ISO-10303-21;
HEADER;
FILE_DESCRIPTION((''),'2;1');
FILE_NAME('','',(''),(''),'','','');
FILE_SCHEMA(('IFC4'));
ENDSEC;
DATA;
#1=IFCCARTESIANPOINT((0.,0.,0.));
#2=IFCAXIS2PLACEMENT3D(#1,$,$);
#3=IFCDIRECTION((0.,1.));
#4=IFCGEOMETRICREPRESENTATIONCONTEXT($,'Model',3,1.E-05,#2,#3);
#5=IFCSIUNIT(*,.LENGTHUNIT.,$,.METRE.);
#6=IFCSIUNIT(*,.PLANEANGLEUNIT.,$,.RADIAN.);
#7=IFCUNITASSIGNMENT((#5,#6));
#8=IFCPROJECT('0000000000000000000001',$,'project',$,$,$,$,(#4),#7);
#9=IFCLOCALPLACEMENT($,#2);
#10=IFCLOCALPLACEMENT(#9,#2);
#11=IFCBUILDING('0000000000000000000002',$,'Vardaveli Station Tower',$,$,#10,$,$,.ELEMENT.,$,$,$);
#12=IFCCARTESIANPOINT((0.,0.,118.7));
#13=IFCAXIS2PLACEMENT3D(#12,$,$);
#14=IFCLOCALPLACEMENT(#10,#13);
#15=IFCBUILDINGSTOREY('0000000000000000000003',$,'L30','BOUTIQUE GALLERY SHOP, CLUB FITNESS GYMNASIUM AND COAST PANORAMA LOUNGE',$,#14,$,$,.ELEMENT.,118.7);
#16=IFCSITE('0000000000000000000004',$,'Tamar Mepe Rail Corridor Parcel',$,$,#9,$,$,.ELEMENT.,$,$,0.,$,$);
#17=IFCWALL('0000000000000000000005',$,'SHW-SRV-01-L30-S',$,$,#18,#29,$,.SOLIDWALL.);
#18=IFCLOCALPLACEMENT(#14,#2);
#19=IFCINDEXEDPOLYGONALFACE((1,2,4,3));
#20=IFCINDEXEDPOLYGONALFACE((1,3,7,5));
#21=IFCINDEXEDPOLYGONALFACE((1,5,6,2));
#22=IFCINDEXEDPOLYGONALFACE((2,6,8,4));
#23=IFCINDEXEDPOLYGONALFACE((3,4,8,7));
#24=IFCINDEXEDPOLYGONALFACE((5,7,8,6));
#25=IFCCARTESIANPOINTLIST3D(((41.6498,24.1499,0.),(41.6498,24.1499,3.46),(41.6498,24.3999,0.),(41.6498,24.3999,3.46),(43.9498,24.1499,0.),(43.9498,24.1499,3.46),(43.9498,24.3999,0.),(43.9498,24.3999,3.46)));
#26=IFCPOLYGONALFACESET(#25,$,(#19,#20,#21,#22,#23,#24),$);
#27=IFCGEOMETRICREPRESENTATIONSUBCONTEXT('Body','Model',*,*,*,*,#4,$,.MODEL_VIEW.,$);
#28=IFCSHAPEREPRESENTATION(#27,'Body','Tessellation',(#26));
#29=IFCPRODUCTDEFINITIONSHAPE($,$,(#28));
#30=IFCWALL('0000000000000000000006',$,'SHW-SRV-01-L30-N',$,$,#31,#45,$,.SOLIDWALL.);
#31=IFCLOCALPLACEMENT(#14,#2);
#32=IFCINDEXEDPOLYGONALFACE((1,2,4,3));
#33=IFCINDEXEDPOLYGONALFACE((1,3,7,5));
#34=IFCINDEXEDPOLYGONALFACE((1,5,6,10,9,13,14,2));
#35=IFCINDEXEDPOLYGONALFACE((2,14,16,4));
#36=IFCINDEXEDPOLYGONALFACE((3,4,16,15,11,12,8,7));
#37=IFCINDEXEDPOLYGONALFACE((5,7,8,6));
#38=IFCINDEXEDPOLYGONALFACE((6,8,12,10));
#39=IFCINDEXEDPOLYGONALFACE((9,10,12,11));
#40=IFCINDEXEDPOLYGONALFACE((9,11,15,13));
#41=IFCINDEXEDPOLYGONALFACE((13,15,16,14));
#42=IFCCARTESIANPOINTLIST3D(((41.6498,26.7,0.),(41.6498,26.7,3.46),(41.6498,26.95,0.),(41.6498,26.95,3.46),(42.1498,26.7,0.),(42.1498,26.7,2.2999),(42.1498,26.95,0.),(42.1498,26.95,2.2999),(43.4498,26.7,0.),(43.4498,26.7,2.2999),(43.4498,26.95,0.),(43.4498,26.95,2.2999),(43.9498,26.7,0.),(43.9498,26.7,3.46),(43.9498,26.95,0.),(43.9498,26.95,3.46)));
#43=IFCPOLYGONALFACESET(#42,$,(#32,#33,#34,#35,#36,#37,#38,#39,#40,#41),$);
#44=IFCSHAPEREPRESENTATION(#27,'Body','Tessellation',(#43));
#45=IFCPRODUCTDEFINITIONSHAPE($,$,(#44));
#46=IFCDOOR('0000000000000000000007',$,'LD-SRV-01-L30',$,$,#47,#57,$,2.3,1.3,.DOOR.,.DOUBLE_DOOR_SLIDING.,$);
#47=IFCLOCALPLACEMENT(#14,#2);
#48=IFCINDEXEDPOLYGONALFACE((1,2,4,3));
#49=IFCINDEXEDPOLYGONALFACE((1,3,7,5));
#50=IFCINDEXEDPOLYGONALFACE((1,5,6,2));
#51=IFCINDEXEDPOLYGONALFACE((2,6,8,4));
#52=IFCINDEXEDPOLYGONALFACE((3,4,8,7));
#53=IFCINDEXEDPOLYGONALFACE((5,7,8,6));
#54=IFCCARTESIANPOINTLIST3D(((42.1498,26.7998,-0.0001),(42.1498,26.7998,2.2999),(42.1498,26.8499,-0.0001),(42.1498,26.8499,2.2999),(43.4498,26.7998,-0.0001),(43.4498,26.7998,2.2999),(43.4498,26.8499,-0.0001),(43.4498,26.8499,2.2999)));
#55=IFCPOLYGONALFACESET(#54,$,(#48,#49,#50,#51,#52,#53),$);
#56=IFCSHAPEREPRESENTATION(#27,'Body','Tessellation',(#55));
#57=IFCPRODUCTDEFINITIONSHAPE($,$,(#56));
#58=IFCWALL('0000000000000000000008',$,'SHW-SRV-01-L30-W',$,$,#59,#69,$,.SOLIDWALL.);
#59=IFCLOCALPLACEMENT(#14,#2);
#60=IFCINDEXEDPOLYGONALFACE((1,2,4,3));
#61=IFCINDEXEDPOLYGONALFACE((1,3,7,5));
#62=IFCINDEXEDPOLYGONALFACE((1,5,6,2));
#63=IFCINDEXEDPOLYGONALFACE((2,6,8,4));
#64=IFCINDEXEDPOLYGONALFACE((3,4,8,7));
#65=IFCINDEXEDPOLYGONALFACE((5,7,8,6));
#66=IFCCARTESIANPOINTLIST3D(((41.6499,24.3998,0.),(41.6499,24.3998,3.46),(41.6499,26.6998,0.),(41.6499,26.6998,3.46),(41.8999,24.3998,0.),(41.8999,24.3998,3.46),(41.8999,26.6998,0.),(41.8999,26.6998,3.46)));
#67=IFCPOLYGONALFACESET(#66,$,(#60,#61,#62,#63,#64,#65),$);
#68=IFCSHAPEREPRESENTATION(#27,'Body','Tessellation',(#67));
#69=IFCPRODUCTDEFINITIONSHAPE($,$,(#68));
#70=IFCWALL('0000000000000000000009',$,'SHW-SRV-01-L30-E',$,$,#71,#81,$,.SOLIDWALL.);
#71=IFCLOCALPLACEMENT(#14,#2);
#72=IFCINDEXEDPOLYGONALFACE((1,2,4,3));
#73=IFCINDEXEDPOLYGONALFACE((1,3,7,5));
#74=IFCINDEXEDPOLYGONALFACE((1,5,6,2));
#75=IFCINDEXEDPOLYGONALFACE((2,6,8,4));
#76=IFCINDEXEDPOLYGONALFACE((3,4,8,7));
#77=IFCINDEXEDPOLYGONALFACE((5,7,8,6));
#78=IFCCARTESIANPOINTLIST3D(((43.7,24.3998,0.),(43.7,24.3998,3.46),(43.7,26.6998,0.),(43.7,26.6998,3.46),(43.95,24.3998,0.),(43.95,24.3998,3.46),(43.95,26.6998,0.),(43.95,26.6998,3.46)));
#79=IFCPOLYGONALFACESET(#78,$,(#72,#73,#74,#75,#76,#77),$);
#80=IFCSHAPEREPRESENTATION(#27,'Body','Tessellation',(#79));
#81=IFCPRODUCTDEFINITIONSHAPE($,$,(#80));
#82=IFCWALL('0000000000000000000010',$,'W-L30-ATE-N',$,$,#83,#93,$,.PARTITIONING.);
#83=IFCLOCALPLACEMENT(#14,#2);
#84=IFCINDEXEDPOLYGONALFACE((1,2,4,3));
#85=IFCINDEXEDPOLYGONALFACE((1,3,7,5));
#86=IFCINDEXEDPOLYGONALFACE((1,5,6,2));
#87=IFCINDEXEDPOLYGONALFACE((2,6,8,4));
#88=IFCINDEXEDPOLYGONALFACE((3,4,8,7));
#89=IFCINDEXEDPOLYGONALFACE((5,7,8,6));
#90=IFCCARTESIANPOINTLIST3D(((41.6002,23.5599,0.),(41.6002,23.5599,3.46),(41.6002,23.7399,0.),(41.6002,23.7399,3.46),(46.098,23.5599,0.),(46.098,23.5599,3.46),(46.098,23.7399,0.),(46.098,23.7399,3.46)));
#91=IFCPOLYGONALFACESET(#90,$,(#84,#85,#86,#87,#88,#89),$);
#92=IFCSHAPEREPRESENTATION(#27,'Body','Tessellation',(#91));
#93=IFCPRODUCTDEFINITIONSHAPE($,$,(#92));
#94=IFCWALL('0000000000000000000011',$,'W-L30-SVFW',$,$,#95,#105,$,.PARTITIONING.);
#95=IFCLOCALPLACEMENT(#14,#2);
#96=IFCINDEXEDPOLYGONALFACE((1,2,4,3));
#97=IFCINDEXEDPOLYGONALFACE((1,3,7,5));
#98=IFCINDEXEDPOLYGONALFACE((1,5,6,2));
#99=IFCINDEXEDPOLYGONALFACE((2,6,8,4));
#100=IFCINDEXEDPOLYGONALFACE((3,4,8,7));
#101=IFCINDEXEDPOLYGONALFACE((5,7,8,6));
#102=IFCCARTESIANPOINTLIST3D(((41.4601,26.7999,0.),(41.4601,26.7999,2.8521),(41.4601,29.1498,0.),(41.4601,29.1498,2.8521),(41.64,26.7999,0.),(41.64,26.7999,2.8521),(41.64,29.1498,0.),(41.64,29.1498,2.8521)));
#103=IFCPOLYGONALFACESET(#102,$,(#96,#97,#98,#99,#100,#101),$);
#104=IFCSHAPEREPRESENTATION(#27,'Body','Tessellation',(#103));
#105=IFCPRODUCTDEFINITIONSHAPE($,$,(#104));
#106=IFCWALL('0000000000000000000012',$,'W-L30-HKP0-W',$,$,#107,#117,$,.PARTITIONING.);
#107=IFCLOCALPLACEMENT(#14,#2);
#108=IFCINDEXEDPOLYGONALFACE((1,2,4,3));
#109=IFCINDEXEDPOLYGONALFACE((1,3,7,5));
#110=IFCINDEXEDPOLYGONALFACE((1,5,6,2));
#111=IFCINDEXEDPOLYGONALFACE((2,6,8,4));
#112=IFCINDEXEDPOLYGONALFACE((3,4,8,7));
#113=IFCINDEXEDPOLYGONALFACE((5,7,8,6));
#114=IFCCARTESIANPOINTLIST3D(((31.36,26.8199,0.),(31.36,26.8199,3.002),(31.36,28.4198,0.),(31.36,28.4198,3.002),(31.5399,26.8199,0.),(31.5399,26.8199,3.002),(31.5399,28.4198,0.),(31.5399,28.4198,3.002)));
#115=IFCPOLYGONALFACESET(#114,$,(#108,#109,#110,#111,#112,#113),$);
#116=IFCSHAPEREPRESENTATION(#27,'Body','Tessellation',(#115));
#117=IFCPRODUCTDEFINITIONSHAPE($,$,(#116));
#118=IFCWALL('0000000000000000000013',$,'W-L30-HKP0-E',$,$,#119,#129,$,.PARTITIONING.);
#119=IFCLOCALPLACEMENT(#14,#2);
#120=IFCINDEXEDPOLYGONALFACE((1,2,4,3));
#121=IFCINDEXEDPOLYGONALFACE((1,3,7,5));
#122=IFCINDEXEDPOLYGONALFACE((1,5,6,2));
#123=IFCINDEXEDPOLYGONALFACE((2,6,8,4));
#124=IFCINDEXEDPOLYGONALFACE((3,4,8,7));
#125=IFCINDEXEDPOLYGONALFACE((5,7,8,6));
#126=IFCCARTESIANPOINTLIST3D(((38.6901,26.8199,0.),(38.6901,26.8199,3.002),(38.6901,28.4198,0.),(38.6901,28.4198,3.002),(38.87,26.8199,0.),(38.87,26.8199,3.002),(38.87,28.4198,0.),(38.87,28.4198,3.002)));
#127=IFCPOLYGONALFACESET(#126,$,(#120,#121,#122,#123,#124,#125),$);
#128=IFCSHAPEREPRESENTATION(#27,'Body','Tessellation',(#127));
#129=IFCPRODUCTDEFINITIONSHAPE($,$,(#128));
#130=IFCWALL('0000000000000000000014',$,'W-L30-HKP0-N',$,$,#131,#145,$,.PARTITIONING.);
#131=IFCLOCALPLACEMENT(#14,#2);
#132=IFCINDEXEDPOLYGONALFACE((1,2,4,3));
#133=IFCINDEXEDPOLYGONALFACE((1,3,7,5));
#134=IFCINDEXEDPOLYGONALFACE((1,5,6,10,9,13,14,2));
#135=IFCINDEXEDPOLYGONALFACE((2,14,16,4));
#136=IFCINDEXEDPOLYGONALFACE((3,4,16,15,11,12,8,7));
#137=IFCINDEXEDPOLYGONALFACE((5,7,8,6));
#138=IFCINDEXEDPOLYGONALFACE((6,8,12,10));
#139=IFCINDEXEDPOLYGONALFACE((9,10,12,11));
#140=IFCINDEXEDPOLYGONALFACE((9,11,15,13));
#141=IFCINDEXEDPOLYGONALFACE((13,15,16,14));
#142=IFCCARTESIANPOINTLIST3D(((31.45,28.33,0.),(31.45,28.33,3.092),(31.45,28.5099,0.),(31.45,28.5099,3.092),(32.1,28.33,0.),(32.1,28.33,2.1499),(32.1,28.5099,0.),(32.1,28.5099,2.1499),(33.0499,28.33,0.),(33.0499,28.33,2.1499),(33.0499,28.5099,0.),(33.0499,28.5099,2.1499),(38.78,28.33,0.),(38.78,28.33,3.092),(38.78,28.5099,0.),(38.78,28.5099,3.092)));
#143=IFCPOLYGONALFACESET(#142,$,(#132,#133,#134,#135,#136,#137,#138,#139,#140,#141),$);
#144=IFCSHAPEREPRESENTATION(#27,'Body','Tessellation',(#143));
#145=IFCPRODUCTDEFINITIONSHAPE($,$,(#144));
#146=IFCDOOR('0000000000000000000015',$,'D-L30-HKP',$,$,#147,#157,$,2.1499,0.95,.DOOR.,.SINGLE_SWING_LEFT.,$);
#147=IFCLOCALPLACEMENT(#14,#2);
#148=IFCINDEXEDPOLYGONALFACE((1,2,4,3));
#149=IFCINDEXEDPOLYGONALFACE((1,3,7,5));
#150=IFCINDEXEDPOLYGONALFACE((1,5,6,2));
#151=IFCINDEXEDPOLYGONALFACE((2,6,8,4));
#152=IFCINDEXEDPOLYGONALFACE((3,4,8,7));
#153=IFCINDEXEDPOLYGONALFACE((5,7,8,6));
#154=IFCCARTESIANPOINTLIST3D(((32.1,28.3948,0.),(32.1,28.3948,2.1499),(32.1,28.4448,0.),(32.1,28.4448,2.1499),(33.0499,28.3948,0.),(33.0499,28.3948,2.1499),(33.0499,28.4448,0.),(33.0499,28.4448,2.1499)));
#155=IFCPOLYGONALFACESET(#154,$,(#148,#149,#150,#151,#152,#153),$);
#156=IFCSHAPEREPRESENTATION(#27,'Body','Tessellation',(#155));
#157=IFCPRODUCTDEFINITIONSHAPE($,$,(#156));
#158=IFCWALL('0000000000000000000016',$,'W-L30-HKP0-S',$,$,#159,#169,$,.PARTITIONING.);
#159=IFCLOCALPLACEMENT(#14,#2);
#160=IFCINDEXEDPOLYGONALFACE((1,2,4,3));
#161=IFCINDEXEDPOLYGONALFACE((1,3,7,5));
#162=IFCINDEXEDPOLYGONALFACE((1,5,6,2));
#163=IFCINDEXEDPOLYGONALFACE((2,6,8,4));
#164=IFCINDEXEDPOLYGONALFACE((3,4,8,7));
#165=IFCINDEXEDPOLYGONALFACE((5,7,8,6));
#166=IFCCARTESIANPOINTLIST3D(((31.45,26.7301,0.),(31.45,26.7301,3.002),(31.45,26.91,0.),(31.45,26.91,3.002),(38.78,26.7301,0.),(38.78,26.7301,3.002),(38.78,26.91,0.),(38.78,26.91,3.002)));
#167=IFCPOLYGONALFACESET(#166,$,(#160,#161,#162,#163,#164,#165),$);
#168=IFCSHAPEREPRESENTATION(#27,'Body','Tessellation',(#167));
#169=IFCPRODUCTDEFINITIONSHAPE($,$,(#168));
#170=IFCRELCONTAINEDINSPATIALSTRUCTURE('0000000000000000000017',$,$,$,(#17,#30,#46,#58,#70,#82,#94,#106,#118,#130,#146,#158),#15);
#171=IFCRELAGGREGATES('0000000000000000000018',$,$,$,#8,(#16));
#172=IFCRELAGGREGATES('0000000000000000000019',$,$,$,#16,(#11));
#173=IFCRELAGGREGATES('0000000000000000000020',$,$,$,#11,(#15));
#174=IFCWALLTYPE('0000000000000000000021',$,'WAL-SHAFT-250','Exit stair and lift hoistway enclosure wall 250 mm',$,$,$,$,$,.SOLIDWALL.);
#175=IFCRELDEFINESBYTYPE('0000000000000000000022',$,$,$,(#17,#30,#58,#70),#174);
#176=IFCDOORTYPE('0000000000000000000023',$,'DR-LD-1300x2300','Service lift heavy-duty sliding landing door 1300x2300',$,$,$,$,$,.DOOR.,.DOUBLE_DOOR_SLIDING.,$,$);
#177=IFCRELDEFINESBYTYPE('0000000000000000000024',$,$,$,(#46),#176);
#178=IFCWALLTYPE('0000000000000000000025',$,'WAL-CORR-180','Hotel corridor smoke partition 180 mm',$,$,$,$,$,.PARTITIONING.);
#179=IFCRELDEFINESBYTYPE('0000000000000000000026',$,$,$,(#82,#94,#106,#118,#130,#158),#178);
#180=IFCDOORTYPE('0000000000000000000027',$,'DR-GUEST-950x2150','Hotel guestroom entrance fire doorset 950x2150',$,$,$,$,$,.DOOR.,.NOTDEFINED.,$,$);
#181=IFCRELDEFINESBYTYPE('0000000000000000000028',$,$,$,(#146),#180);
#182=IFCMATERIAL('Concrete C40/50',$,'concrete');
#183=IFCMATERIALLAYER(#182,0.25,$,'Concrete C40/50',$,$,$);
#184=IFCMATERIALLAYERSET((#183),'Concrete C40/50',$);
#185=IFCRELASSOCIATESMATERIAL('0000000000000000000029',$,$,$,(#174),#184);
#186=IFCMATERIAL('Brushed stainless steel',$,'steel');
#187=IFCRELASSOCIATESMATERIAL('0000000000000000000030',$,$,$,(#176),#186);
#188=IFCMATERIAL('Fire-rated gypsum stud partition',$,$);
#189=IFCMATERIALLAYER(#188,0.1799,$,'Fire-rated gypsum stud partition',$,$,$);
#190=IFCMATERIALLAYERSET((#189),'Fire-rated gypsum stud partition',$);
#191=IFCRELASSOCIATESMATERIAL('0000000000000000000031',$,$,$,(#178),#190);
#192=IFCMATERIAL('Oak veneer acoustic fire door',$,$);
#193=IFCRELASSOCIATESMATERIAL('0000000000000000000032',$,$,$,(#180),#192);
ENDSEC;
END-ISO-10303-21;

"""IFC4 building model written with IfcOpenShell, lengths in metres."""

from ifc_helpers import new_model, si_unit, direction, frame, frame_2d, origin, place, context, subcontext, project, spatial, rectangle, extrude, source, transform, mapped, material, layer, layer_set, type_object, element, fill, save


model = new_model("IFC4")

# Units and contexts
model_context = context("Model", 3, precision=1e-05, world=origin(), true_north=direction((0.0, 1.0)))
body_context = subcontext(model_context, "Body", "Model", "MODEL_VIEW")
ifc_project = project(units=[si_unit("LENGTHUNIT", "METRE"), si_unit("PLANEANGLEUNIT", "RADIAN")], contexts=[model_context])

# Site, building, storey
site_placement = place(None, origin())
site = spatial("IfcSite", under=ifc_project, at=site_placement, Name="Tamar Mepe Rail Corridor Parcel", CompositionType="ELEMENT", RefElevation=0.0)
building_placement = place(site_placement, origin())
building = spatial("IfcBuilding", under=site, at=building_placement, Name="Vardaveli Station Tower", CompositionType="ELEMENT")
storey_placement = place(building_placement, frame((0.0, 0.0, 118.7)))
storey = spatial("IfcBuildingStorey", under=building, at=storey_placement, Name="L30", Description="BOUTIQUE GALLERY SHOP, CLUB FITNESS GYMNASIUM AND COAST PANORAMA LOUNGE", CompositionType="ELEMENT", Elevation=118.7)

# Wall
ifc_material_1 = material(Name="Concrete C40/50", Category="concrete")
ifc_layer_1 = layer(ifc_material_1, 0.25, Name="Concrete C40/50")
ifc_layer_set_1 = layer_set([ifc_layer_1], Name="Concrete C40/50")
wall_type_1 = type_object("IfcWallType", Name="WAL-SHAFT-250", Description="Exit stair and lift hoistway enclosure wall 250 mm", PredefinedType="SOLIDWALL", material=ifc_layer_set_1)
shared_shape_1 = source(origin(), body_context, "Body", "SweptSolid", [
    extrude(rectangle(XDim=2.3, YDim=0.25, at=frame_2d((1.1499, 0.0))), origin(), (0.0, 0.0, 1.0), 3.46),
])
wall_1_placement = place(storey_placement, frame((41.6499, 24.2749, 0.0), z_axis=(0.0, 0.0, 1.0), x_axis=(1.0, 0.0, 0.0)))
element("IfcWall", 1, at=wall_1_placement, inside=storey, type_object=wall_type_1, Name="SHW-SRV-01-L30-S", PredefinedType="SOLIDWALL", context=body_context, shape_type="MappedRepresentation", body=[
    mapped(shared_shape_1, transform((0.0, 0.0, 0.0), scale=1.0)),
])

# Wall, opening, door
wall_2_placement = place(storey_placement, frame((41.6499, 26.825, 0.0), z_axis=(0.0, 0.0, 1.0), x_axis=(1.0, 0.0, 0.0)))
wall_2 = element("IfcWall", 2, at=wall_2_placement, inside=storey, type_object=wall_type_1, Name="SHW-SRV-01-L30-N", PredefinedType="SOLIDWALL", context=body_context, shape_type="MappedRepresentation", body=[
    mapped(shared_shape_1, transform((0.0, 0.0, 0.0), scale=1.0)),
])
shared_shape_2 = source(origin(), body_context, "Body", "SweptSolid", [
    extrude(rectangle(XDim=1.3, YDim=2.3, at=frame_2d((0.6499, 1.1499))), frame((0.0, 0.135, 0.0), z_axis=(0.0, -1.0, 0.0), x_axis=(1.0, 0.0, 0.0)), (0.0, 0.0, 1.0), 0.27),
])
opening_1_placement = place(wall_2_placement, frame((0.5, 0.0, 0.0)))
opening_1 = element("IfcOpeningElement", 3, at=opening_1_placement, cuts=wall_2, PredefinedType="OPENING", context=body_context, shape_type="MappedRepresentation", body=[
    mapped(shared_shape_2, transform((0.0, 0.0, 0.0), scale=1.0)),
])
ifc_material_2 = material(Name="Brushed stainless steel", Category="steel")
door_type_1 = type_object("IfcDoorType", Name="DR-LD-1300x2300", Description="Service lift heavy-duty sliding landing door 1300x2300", OperationType="DOUBLE_DOOR_SLIDING", PredefinedType="DOOR", material=ifc_material_2)
shared_shape_3 = source(origin(), body_context, "Body", "SweptSolid", [
    extrude(rectangle(XDim=1.3, YDim=2.3, at=frame_2d((0.6499, 1.1499))), frame((0.0, 0.0249, 0.0), z_axis=(0.0, -1.0, 0.0), x_axis=(1.0, 0.0, 0.0)), (0.0, 0.0, 1.0), 0.05),
])
door_1_placement = place(opening_1_placement, origin())
door_1 = element("IfcDoor", 4, at=door_1_placement, inside=storey, type_object=door_type_1, Name="LD-SRV-01-L30", OperationType="DOUBLE_DOOR_SLIDING", OverallHeight=2.3, OverallWidth=1.3, PredefinedType="DOOR", context=body_context, shape_type="MappedRepresentation", body=[
    mapped(shared_shape_3, transform((0.0, 0.0, 0.0), scale=1.0)),
])
fill(opening_1, door_1)

# Walls
for number, where, z_axis, x_axis, name in (
    (5, (41.7749, 24.3999, 0.0), (0.0, 0.0, 1.0), (0.0, 1.0, 0.0), "SHW-SRV-01-L30-W"),
    (6, (43.825, 24.3999, 0.0), (0.0, 0.0, 1.0), (0.0, 1.0, 0.0), "SHW-SRV-01-L30-E"),
):
    element("IfcWall", number, at=place(storey_placement, frame(where, z_axis=z_axis, x_axis=x_axis)), inside=storey, type_object=wall_type_1, Name=name, PredefinedType="SOLIDWALL", context=body_context, shape_type="MappedRepresentation", body=[
        mapped(shared_shape_1, transform((0.0, 0.0, 0.0), scale=1.0)),
    ])
ifc_material_3 = material(Name="Fire-rated gypsum stud partition")
ifc_layer_2 = layer(ifc_material_3, 0.1799, Name="Fire-rated gypsum stud partition")
ifc_layer_set_2 = layer_set([ifc_layer_2], Name="Fire-rated gypsum stud partition")
wall_type_2 = type_object("IfcWallType", Name="WAL-CORR-180", Description="Hotel corridor smoke partition 180 mm", PredefinedType="PARTITIONING", material=ifc_layer_set_2)
shared_shape_4 = source(origin(), body_context, "Body", "SweptSolid", [
    extrude(rectangle(XDim=4.4978, YDim=0.1799, at=frame_2d((2.249, 0.0))), origin(), (0.0, 0.0, 1.0), 3.46),
])
wall_3_placement = place(storey_placement, frame((41.6001, 23.6499, 0.0), z_axis=(0.0, 0.0, 1.0), x_axis=(1.0, 0.0, 0.0)))
element("IfcWall", 7, at=wall_3_placement, inside=storey, type_object=wall_type_2, Name="W-L30-ATE-N", PredefinedType="PARTITIONING", context=body_context, shape_type="MappedRepresentation", body=[
    mapped(shared_shape_4, transform((0.0, 0.0, 0.0), scale=1.0)),
])
shared_shape_5 = source(origin(), body_context, "Body", "SweptSolid", [
    extrude(rectangle(XDim=2.3499, YDim=0.1799, at=frame_2d((1.1748, 0.0))), origin(), (0.0, 0.0, 1.0), 2.8521),
])
wall_4_placement = place(storey_placement, frame((41.55, 26.8, 0.0), z_axis=(0.0, 0.0, 1.0), x_axis=(0.0, 1.0, 0.0)))
element("IfcWall", 8, at=wall_4_placement, inside=storey, type_object=wall_type_2, Name="W-L30-SVFW", PredefinedType="PARTITIONING", context=body_context, shape_type="MappedRepresentation", body=[
    mapped(shared_shape_5, transform((0.0, 0.0, 0.0), scale=1.0)),
])
shared_shape_6 = source(origin(), body_context, "Body", "SweptSolid", [
    extrude(rectangle(XDim=1.5999, YDim=0.1799, at=frame_2d((0.7998, 0.0))), origin(), (0.0, 0.0, 1.0), 3.002),
])
for number, where, z_axis, x_axis, name in (
    (9, (31.45, 26.8201, 0.0), (0.0, 0.0, 1.0), (0.0, 1.0, 0.0), "W-L30-HKP0-W"),
    (10, (38.78, 26.8201, 0.0), (0.0, 0.0, 1.0), (0.0, 1.0, 0.0), "W-L30-HKP0-E"),
):
    element("IfcWall", number, at=place(storey_placement, frame(where, z_axis=z_axis, x_axis=x_axis)), inside=storey, type_object=wall_type_2, Name=name, PredefinedType="PARTITIONING", context=body_context, shape_type="MappedRepresentation", body=[
        mapped(shared_shape_6, transform((0.0, 0.0, 0.0), scale=1.0)),
    ])

# Wall, opening, door
shared_shape_7 = source(origin(), body_context, "Body", "SweptSolid", [
    extrude(rectangle(XDim=7.3301, YDim=0.1799, at=frame_2d((3.665, 0.0))), origin(), (0.0, 0.0, 1.0), 3.092),
])
wall_5_placement = place(storey_placement, frame((31.45, 28.4199, 0.0), z_axis=(0.0, 0.0, 1.0), x_axis=(1.0, 0.0, 0.0)))
wall_5 = element("IfcWall", 11, at=wall_5_placement, inside=storey, type_object=wall_type_2, Name="W-L30-HKP0-N", PredefinedType="PARTITIONING", context=body_context, shape_type="MappedRepresentation", body=[
    mapped(shared_shape_7, transform((0.0, 0.0, 0.0), scale=1.0)),
])
shared_shape_8 = source(origin(), body_context, "Body", "SweptSolid", [
    extrude(rectangle(XDim=0.95, YDim=2.1499, at=frame_2d((0.4751, 1.075))), frame((0.0, 0.1001, 0.0), z_axis=(0.0, -1.0, 0.0), x_axis=(1.0, 0.0, 0.0)), (0.0, 0.0, 1.0), 0.2),
])
opening_2_placement = place(wall_5_placement, frame((0.6499, 0.0, 0.0)))
opening_2 = element("IfcOpeningElement", 12, at=opening_2_placement, cuts=wall_5, PredefinedType="OPENING", context=body_context, shape_type="MappedRepresentation", body=[
    mapped(shared_shape_8, transform((0.0, 0.0, 0.0), scale=1.0)),
])
ifc_material_4 = material(Name="Oak veneer acoustic fire door")
door_type_2 = type_object("IfcDoorType", Name="DR-GUEST-950x2150", Description="Hotel guestroom entrance fire doorset 950x2150", OperationType="NOTDEFINED", PredefinedType="DOOR", material=ifc_material_4)
shared_shape_9 = source(origin(), body_context, "Body", "SweptSolid", [
    extrude(rectangle(XDim=0.95, YDim=2.1499, at=frame_2d((0.4751, 1.075))), frame((0.0, 0.0249, 0.0), z_axis=(0.0, -1.0, 0.0), x_axis=(1.0, 0.0, 0.0)), (0.0, 0.0, 1.0), 0.05),
])
door_2_placement = place(opening_2_placement, origin())
door_2 = element("IfcDoor", 13, at=door_2_placement, inside=storey, type_object=door_type_2, Name="D-L30-HKP", OperationType="SINGLE_SWING_LEFT", OverallHeight=2.1499, OverallWidth=0.95, PredefinedType="DOOR", context=body_context, shape_type="MappedRepresentation", body=[
    mapped(shared_shape_9, transform((0.0, 0.0, 0.0), scale=1.0)),
])
fill(opening_2, door_2)

# Wall
shared_shape_10 = source(origin(), body_context, "Body", "SweptSolid", [
    extrude(rectangle(XDim=7.3301, YDim=0.1799, at=frame_2d((3.665, 0.0))), origin(), (0.0, 0.0, 1.0), 3.002),
])
wall_6_placement = place(storey_placement, frame((31.45, 26.8201, 0.0), z_axis=(0.0, 0.0, 1.0), x_axis=(1.0, 0.0, 0.0)))
element("IfcWall", 14, at=wall_6_placement, inside=storey, type_object=wall_type_2, Name="W-L30-HKP0-S", PredefinedType="PARTITIONING", context=body_context, shape_type="MappedRepresentation", body=[
    mapped(shared_shape_10, transform((0.0, 0.0, 0.0), scale=1.0)),
])

save(model, "model.ifc")
